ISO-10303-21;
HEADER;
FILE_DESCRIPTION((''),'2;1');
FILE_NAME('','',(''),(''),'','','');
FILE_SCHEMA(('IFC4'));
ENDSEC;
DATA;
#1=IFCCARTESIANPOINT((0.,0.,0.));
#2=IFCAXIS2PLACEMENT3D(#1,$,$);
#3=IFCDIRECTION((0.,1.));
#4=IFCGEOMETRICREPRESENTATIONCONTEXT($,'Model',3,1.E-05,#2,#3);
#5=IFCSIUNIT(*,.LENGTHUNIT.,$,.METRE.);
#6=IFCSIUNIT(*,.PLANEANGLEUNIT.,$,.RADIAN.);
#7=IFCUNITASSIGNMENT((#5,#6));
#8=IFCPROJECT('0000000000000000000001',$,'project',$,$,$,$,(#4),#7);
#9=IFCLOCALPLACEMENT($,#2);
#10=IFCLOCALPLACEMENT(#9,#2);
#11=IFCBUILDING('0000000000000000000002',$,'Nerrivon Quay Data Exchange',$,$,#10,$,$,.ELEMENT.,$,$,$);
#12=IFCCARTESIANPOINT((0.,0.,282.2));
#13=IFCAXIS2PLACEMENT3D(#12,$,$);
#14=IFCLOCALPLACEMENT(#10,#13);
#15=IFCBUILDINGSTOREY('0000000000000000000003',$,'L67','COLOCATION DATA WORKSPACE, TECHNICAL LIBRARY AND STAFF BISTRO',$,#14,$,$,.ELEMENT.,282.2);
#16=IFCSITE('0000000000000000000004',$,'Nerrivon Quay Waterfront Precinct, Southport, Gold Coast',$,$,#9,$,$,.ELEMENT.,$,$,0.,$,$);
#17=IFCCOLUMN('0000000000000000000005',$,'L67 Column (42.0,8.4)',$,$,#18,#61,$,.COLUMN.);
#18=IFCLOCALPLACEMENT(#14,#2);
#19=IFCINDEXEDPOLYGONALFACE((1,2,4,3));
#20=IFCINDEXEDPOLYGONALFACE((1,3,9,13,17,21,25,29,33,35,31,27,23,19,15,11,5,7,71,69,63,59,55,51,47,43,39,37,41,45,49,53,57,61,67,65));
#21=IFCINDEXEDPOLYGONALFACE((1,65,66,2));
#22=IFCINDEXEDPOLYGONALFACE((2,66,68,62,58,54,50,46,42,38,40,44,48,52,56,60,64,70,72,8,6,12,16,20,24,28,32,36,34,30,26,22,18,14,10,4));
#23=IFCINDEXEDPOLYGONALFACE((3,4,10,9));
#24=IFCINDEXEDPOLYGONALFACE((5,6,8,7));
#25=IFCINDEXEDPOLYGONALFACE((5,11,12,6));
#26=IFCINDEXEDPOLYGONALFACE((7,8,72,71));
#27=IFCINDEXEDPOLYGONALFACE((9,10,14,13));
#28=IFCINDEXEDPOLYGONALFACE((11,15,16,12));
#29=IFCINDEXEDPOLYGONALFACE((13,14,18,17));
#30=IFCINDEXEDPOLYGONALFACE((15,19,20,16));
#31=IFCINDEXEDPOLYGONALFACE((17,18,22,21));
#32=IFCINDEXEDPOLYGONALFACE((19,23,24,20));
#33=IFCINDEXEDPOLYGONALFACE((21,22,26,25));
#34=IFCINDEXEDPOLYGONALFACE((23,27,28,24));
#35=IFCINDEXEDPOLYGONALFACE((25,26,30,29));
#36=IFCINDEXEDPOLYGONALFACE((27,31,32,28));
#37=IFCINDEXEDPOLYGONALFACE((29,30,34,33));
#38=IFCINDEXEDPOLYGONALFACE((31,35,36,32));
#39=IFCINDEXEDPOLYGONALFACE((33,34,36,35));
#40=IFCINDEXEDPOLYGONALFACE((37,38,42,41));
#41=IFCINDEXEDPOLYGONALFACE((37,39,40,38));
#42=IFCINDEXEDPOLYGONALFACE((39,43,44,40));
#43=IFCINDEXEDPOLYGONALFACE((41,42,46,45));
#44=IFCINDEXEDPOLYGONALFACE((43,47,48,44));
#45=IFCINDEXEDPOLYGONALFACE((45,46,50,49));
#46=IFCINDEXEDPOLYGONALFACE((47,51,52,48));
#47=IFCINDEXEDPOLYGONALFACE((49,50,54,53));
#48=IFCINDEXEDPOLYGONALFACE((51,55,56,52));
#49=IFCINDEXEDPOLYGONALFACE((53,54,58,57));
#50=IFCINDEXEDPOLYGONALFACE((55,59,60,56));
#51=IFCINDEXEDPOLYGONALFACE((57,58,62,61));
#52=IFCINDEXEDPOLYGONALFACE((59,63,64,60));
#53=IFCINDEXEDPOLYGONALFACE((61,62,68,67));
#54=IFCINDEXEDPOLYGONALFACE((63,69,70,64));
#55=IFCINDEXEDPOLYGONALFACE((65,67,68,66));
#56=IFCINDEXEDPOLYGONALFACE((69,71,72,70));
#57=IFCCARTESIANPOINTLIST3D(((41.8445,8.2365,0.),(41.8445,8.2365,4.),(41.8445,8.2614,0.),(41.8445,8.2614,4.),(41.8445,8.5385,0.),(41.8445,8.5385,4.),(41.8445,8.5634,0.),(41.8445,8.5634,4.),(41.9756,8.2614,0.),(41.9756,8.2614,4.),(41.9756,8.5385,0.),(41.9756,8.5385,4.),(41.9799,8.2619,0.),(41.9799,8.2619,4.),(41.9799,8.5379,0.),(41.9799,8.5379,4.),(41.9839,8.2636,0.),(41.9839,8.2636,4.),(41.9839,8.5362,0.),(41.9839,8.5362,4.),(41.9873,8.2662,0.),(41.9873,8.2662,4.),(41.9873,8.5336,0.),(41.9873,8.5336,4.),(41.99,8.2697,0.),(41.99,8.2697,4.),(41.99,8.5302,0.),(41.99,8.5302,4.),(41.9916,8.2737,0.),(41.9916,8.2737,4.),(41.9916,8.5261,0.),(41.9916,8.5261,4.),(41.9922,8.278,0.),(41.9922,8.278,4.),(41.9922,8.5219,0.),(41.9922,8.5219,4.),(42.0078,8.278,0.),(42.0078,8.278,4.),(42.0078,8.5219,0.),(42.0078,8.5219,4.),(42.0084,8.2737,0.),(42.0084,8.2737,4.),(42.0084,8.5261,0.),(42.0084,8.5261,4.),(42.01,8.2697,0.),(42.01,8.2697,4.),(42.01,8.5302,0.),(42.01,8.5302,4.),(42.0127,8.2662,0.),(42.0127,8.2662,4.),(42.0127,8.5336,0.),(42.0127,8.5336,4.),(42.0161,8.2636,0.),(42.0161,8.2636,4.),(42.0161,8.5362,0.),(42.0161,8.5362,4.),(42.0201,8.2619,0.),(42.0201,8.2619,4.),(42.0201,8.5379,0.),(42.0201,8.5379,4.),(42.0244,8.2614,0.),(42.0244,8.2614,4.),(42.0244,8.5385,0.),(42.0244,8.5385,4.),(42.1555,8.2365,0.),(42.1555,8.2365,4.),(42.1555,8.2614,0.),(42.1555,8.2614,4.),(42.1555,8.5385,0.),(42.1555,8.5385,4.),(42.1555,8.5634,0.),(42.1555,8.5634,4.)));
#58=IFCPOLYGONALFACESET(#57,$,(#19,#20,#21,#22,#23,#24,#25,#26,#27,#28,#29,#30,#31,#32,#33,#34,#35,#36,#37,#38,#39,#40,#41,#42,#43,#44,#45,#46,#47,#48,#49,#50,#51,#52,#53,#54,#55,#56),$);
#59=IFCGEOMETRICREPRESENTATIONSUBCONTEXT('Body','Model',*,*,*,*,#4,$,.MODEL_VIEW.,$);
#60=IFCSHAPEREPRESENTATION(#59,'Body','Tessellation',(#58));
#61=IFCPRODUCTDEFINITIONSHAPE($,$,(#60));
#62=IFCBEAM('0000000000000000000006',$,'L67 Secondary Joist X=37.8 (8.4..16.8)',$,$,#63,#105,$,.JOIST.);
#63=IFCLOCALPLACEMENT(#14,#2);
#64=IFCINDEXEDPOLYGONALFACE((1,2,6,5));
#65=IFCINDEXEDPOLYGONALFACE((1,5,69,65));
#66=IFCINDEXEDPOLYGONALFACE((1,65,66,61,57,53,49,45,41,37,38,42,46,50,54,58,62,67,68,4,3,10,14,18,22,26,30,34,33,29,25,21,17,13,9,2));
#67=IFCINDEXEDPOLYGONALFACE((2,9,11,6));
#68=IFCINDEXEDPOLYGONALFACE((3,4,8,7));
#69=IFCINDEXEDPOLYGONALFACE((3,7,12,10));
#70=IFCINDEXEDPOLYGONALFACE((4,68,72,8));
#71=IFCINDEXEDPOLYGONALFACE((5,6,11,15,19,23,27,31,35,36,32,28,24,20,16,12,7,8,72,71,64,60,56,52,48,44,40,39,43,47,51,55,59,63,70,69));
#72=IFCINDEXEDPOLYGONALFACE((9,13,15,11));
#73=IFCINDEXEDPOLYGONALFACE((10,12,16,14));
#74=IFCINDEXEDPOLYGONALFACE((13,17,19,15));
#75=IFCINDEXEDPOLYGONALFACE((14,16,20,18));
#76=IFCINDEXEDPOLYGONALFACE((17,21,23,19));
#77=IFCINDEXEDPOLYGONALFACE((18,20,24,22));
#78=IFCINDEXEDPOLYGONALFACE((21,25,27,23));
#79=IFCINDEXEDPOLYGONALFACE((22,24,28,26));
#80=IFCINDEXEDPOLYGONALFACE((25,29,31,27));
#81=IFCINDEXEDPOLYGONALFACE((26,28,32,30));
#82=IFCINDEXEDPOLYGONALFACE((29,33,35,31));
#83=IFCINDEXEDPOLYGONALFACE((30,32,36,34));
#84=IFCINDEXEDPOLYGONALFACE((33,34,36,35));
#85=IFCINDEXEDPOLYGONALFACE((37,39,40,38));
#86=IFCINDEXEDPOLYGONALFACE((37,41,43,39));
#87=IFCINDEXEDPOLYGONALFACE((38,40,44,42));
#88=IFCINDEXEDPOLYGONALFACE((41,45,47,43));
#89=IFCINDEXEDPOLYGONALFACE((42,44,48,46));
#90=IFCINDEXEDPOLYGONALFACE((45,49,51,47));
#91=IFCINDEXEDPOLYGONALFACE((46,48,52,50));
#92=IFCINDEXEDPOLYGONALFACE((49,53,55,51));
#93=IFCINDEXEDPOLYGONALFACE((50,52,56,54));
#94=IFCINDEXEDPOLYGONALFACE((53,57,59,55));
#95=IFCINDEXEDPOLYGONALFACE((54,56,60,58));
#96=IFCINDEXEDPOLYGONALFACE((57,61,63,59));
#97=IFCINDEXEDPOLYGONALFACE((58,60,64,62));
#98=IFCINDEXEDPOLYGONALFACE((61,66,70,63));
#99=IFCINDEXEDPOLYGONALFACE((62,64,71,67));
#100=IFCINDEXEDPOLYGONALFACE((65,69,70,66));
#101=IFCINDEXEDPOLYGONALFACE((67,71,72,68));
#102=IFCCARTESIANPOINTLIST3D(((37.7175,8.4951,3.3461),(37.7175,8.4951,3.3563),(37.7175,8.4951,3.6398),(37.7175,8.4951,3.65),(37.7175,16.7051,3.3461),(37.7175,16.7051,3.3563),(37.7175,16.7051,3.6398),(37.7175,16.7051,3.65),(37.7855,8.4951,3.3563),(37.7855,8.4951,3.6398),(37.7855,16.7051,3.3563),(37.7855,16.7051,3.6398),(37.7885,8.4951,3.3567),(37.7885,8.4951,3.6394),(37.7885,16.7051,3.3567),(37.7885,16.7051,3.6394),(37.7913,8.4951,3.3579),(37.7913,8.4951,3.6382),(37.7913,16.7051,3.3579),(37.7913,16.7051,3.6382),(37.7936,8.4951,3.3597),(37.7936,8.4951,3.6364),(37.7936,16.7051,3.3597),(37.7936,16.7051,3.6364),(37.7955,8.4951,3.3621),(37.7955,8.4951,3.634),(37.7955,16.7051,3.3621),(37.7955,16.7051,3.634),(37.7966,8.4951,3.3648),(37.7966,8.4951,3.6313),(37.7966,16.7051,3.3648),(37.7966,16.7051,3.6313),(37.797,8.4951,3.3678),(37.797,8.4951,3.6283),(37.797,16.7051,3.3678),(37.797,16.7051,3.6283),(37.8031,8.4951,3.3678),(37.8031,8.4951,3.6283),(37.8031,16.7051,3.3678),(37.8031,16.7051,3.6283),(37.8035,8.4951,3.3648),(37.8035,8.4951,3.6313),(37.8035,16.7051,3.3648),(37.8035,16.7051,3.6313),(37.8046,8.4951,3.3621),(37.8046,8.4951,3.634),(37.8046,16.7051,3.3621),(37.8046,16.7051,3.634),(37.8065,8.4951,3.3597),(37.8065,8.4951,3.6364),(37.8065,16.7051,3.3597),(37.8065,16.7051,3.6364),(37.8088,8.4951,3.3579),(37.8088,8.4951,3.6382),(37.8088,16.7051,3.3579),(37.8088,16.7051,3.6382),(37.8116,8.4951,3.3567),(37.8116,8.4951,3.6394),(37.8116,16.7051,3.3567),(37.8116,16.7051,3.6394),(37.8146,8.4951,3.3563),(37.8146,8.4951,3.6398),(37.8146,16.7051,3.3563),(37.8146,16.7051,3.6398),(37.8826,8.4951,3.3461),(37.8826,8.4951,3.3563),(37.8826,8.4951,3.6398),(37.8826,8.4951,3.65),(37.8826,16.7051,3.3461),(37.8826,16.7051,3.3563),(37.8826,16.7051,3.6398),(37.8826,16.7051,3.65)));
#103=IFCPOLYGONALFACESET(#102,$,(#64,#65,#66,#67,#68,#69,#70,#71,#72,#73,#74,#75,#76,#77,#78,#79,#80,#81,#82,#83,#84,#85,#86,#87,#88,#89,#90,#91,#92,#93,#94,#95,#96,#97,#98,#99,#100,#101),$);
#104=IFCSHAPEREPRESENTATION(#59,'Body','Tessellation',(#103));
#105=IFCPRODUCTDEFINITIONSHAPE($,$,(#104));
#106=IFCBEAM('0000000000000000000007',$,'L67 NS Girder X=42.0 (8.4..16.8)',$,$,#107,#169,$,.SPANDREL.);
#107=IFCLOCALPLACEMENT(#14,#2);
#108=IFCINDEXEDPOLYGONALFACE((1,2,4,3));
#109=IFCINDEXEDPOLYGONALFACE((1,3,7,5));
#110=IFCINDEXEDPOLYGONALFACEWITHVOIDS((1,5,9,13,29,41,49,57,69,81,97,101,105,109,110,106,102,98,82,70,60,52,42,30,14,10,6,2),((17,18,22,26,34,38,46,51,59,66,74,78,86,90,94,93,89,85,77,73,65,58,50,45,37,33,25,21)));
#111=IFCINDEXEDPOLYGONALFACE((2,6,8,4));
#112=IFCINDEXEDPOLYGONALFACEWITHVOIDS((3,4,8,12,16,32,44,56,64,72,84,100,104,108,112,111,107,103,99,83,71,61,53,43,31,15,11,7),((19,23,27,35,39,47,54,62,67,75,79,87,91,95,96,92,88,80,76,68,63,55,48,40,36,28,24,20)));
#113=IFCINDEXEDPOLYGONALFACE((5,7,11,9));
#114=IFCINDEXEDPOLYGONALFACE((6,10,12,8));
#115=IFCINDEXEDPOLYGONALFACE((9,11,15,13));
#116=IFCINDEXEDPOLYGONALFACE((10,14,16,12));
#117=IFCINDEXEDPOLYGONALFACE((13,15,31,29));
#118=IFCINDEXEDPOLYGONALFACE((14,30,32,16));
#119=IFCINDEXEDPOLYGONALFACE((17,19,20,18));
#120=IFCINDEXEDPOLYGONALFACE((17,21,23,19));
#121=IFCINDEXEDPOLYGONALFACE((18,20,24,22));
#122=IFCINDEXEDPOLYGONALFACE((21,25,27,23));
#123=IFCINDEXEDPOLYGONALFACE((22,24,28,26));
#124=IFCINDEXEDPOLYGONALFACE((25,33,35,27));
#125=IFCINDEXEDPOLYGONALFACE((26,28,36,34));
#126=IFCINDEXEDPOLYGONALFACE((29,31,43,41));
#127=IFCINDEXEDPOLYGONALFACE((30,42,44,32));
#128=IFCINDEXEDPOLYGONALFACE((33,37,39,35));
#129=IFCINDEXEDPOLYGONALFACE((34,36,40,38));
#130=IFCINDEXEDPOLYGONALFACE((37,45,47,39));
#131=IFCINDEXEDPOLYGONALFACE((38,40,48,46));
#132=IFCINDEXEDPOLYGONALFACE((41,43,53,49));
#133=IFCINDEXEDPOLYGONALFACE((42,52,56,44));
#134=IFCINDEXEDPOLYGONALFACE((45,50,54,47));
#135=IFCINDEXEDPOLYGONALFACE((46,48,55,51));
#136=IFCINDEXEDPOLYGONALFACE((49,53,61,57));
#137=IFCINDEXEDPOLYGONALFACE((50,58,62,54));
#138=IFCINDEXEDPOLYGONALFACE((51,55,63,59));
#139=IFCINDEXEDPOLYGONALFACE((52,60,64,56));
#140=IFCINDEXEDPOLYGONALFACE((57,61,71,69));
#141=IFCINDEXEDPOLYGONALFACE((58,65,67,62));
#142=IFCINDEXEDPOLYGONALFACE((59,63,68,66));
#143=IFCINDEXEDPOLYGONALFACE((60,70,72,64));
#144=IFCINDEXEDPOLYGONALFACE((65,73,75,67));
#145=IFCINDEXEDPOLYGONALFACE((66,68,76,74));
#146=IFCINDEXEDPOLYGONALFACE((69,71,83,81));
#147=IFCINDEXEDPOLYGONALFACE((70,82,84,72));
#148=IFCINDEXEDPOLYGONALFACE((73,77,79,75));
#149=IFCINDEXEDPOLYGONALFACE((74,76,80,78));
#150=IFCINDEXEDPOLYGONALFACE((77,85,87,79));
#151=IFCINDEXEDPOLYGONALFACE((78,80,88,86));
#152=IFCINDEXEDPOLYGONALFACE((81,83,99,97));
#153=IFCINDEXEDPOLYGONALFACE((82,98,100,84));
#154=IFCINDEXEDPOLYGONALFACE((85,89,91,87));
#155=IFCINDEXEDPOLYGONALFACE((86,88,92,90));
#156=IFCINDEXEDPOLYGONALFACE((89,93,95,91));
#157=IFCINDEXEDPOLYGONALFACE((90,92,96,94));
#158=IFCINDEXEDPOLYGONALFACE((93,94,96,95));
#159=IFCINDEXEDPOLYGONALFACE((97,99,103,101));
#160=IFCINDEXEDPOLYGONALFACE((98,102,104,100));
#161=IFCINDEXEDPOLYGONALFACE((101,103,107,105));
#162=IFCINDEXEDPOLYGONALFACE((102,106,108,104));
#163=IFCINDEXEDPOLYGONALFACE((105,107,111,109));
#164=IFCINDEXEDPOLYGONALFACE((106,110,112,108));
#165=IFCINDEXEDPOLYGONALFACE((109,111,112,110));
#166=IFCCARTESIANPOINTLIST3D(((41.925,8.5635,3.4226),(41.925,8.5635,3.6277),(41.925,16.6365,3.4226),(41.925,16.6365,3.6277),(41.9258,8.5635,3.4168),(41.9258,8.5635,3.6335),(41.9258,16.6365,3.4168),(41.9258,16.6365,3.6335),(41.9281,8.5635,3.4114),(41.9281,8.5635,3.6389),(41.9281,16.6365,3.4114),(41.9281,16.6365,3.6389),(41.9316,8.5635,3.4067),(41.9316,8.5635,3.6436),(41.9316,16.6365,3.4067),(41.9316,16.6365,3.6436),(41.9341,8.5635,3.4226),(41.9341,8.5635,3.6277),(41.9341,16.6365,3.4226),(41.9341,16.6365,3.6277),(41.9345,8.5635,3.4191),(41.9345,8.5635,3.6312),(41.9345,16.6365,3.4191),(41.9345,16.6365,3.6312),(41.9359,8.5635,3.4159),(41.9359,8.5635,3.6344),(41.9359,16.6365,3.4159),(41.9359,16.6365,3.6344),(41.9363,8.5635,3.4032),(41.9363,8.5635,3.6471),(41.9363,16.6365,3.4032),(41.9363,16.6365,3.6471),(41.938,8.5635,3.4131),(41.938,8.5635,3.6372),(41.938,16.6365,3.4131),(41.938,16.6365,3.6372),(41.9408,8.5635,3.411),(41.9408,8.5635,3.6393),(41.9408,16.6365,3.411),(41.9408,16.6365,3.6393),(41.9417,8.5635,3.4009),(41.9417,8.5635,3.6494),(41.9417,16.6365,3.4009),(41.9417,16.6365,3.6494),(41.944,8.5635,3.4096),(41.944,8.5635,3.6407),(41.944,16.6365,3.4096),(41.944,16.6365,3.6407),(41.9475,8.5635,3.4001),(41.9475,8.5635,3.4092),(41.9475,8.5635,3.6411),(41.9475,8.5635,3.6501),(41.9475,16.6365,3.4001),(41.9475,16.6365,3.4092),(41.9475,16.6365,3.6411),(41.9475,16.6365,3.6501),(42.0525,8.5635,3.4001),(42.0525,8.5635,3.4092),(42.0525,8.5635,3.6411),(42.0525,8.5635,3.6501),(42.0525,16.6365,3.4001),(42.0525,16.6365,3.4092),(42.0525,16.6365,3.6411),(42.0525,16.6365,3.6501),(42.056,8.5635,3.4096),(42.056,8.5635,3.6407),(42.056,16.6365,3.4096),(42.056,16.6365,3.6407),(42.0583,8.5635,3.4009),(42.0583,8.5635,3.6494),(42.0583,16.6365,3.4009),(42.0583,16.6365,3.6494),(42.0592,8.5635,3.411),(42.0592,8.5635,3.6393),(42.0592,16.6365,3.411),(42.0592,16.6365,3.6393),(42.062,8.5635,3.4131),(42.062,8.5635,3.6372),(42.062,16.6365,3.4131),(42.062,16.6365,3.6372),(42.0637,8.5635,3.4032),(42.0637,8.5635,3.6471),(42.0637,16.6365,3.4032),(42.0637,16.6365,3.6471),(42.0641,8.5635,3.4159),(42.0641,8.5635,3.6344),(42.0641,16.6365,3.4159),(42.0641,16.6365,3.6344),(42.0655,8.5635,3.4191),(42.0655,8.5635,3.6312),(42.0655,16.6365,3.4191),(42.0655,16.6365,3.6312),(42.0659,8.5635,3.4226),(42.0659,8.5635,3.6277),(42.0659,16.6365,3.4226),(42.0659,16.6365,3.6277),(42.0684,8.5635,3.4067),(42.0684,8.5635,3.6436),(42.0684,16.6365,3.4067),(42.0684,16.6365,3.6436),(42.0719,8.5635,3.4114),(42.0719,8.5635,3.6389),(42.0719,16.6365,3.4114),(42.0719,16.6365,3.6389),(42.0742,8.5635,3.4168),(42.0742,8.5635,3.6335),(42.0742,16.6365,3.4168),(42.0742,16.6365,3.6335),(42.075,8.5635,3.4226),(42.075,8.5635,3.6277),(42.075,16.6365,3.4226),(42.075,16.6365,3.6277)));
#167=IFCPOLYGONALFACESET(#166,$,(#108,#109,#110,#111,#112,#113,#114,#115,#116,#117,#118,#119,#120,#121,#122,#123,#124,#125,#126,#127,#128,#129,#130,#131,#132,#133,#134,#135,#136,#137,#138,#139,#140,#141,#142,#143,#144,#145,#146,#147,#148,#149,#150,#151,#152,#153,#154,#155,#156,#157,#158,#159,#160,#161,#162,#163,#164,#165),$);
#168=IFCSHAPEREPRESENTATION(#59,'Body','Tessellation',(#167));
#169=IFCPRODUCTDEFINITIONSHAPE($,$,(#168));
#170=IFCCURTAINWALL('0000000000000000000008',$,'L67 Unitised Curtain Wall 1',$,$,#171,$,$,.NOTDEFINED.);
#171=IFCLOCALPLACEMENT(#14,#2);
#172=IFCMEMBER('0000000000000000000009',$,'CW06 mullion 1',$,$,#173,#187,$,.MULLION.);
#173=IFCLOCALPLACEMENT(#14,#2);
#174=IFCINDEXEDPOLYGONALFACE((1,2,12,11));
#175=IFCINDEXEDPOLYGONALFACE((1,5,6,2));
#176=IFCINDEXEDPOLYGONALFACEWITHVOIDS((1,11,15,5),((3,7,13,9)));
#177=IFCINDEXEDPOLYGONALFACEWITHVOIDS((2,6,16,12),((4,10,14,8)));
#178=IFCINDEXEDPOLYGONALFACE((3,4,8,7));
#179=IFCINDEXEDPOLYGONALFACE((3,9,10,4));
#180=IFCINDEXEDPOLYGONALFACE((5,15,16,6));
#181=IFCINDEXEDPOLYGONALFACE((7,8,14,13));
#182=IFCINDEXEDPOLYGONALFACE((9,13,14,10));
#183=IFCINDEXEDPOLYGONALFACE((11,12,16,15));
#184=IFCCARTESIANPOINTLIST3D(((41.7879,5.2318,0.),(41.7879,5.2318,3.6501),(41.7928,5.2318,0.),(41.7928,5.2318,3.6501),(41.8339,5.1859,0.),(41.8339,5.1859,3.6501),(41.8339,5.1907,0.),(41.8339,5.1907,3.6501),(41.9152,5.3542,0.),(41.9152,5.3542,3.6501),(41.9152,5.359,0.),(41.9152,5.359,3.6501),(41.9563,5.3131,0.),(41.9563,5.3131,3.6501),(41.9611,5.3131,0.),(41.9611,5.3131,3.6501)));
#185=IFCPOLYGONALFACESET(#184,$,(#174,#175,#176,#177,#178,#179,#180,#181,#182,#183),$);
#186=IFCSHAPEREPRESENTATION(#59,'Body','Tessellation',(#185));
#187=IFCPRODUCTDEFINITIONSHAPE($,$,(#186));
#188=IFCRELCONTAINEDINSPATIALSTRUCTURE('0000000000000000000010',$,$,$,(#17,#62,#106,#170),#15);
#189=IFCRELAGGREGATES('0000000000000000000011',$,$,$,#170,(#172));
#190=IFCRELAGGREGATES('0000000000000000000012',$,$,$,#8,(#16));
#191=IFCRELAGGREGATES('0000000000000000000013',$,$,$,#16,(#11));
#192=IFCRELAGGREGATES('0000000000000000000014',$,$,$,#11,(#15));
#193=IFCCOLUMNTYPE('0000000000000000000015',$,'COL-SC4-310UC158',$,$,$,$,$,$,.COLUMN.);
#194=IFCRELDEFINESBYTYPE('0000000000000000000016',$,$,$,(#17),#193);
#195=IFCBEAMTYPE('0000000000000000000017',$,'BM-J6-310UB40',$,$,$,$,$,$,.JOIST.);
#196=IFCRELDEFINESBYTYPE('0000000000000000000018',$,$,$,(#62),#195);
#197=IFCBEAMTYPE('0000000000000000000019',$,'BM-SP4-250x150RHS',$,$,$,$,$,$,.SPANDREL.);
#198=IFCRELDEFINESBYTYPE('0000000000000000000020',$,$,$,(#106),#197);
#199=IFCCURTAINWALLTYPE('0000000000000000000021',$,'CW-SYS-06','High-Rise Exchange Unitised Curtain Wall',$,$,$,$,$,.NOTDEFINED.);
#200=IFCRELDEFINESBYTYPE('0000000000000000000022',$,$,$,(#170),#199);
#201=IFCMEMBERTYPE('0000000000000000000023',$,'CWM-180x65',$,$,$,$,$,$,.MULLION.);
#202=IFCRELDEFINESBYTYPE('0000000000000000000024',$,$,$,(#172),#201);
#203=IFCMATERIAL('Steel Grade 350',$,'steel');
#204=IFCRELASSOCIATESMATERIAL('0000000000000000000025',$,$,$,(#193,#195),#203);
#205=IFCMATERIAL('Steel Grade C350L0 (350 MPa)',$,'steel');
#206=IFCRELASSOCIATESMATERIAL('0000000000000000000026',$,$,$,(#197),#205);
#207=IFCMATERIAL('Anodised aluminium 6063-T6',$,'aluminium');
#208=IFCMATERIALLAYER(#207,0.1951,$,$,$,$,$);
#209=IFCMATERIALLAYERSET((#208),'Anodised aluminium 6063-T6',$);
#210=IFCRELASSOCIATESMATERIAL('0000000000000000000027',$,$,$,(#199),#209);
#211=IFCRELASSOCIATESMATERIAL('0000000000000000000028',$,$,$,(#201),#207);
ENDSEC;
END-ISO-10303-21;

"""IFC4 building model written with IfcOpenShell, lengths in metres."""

from ifc_helpers import new_model, si_unit, direction, frame, origin, origin_2d, place, context, subcontext, project, spatial, hollow_rectangle, i_section, extrude, material, layer, layer_set, material_profile, profile_set, type_object, element, aggregate, save


model = new_model("IFC4")

# Units and contexts
model_context = context("Model", 3, precision=1e-05, world=origin(), true_north=direction((0.0, 1.0)))
body_context = subcontext(model_context, "Body", "Model", "MODEL_VIEW")
ifc_project = project(units=[si_unit("LENGTHUNIT", "METRE"), si_unit("PLANEANGLEUNIT", "RADIAN")], contexts=[model_context])

# Site, building, storey
site_placement = place(None, origin())
site = spatial("IfcSite", under=ifc_project, at=site_placement, Name="Nerrivon Quay Waterfront Precinct, Southport, Gold Coast", CompositionType="ELEMENT", RefElevation=0.0)
building_placement = place(site_placement, origin())
building = spatial("IfcBuilding", under=site, at=building_placement, Name="Nerrivon Quay Data Exchange", CompositionType="ELEMENT")
storey_placement = place(building_placement, frame((0.0, 0.0, 282.2)))
storey = spatial("IfcBuildingStorey", under=building, at=storey_placement, Name="L67", Description="COLOCATION DATA WORKSPACE, TECHNICAL LIBRARY AND STAFF BISTRO", CompositionType="ELEMENT", Elevation=282.2)

# Column
ifc_material_1 = material(Name="Steel Grade 350", Category="steel")
ifc_material_profile_1 = material_profile(ifc_material_1, i_section(OverallWidth=0.311, OverallDepth=0.3269, WebThickness=0.0156, FlangeThickness=0.0249, FilletRadius=0.0166, at=origin_2d()), Name="310UC158")
ifc_profile_set_1 = profile_set([ifc_material_profile_1], Name="Steel Grade 350")
column_type = type_object("IfcColumnType", Name="COL-SC4-310UC158", PredefinedType="COLUMN", material=ifc_profile_set_1)
column_placement = place(storey_placement, frame((42.0, 8.3999, 0.0), z_axis=(0.0, 0.0, 1.0), x_axis=(1.0, 0.0, 0.0)))
element("IfcColumn", 1, at=column_placement, inside=storey, type_object=column_type, Name="L67 Column (42.0,8.4)", PredefinedType="COLUMN", context=body_context, shape_type="SweptSolid", body=[
    extrude(i_section(OverallWidth=0.311, OverallDepth=0.3269, WebThickness=0.0156, FlangeThickness=0.0249, FilletRadius=0.0166, at=origin_2d()), origin(), (0.0, 0.0, 1.0), 4.0),
])

# Beams
ifc_material_profile_2 = material_profile(ifc_material_1, i_section(OverallWidth=0.165, OverallDepth=0.304, WebThickness=0.0061, FlangeThickness=0.0103, FilletRadius=0.0115, at=origin_2d()), Name="310UB40.4")
ifc_profile_set_2 = profile_set([ifc_material_profile_2], Name="Steel Grade 350")
beam_type_1 = type_object("IfcBeamType", Name="BM-J6-310UB40", PredefinedType="JOIST", material=ifc_profile_set_2)
beam_1_placement = place(storey_placement, frame((37.8, 8.4951, 3.498), z_axis=(0.0, 1.0, 0.0), x_axis=(-1.0, 0.0, 0.0)))
element("IfcBeam", 2, at=beam_1_placement, inside=storey, type_object=beam_type_1, Name="L67 Secondary Joist X=37.8 (8.4..16.8)", PredefinedType="JOIST", context=body_context, shape_type="SweptSolid", body=[
    extrude(i_section(OverallWidth=0.165, OverallDepth=0.304, WebThickness=0.0061, FlangeThickness=0.0103, FilletRadius=0.0115, at=origin_2d()), origin(), (0.0, 0.0, 1.0), 8.21),
])
ifc_material_2 = material(Name="Steel Grade C350L0 (350 MPa)", Category="steel")
ifc_material_profile_3 = material_profile(ifc_material_2, hollow_rectangle(XDim=0.1499, YDim=0.25, WallThickness=0.009, InnerFilletRadius=0.0134, OuterFilletRadius=0.0225, at=origin_2d()), Name="250x150x9.0RHS")
ifc_profile_set_3 = profile_set([ifc_material_profile_3], Name="Steel Grade C350L0 (350 MPa)")
beam_type_2 = type_object("IfcBeamType", Name="BM-SP4-250x150RHS", PredefinedType="SPANDREL", material=ifc_profile_set_3)
beam_2_placement = place(storey_placement, frame((42.0, 8.5635, 3.5251), z_axis=(0.0, 1.0, 0.0), x_axis=(-1.0, 0.0, 0.0)))
element("IfcBeam", 3, at=beam_2_placement, inside=storey, type_object=beam_type_2, Name="L67 NS Girder X=42.0 (8.4..16.8)", PredefinedType="SPANDREL", context=body_context, shape_type="SweptSolid", body=[
    extrude(hollow_rectangle(XDim=0.1499, YDim=0.25, WallThickness=0.009, InnerFilletRadius=0.0134, OuterFilletRadius=0.0225, at=origin_2d()), origin(), (0.0, 0.0, 1.0), 8.073),
])

# Curtain wall, member
ifc_material_3 = material(Name="Anodised aluminium 6063-T6", Category="aluminium")
ifc_layer_1 = layer(ifc_material_3, 0.1951)
ifc_layer_set_1 = layer_set([ifc_layer_1], Name="Anodised aluminium 6063-T6")
curtain_wall_type = type_object("IfcCurtainWallType", Name="CW-SYS-06", Description="High-Rise Exchange Unitised Curtain Wall", PredefinedType="NOTDEFINED", material=ifc_layer_set_1)
curtain_wall_1_placement = place(storey_placement, origin())
curtain_wall_1 = element("IfcCurtainWall", 4, at=curtain_wall_1_placement, inside=storey, type_object=curtain_wall_type, Name="L67 Unitised Curtain Wall 1", PredefinedType="NOTDEFINED")
ifc_material_profile_4 = material_profile(ifc_material_3, hollow_rectangle(XDim=0.0649, YDim=0.1799, WallThickness=0.0034, at=origin_2d()), Name="ALU-MULL-180x65")
ifc_profile_set_4 = profile_set([ifc_material_profile_4], Name="Anodised aluminium 6063-T6")
member_type_1 = type_object("IfcMemberType", Name="CWM-180x65", PredefinedType="MULLION", material=ifc_profile_set_4)
member_1_placement = place(storey_placement, frame((41.8745, 5.2725, 0.0), z_axis=(0.0, 0.0, 1.0), x_axis=(0.707107, -0.707107, 0.0)))
member_1 = element("IfcMember", 5, at=member_1_placement, type_object=member_type_1, Name="CW06 mullion 1", PredefinedType="MULLION", context=body_context, shape_type="SweptSolid", body=[
    extrude(hollow_rectangle(XDim=0.0649, YDim=0.1799, WallThickness=0.0034, at=origin_2d()), origin(), (0.0, 0.0, 1.0), 3.6501),
])

aggregate(curtain_wall_1, [member_1])

save(model, "model.ifc")
